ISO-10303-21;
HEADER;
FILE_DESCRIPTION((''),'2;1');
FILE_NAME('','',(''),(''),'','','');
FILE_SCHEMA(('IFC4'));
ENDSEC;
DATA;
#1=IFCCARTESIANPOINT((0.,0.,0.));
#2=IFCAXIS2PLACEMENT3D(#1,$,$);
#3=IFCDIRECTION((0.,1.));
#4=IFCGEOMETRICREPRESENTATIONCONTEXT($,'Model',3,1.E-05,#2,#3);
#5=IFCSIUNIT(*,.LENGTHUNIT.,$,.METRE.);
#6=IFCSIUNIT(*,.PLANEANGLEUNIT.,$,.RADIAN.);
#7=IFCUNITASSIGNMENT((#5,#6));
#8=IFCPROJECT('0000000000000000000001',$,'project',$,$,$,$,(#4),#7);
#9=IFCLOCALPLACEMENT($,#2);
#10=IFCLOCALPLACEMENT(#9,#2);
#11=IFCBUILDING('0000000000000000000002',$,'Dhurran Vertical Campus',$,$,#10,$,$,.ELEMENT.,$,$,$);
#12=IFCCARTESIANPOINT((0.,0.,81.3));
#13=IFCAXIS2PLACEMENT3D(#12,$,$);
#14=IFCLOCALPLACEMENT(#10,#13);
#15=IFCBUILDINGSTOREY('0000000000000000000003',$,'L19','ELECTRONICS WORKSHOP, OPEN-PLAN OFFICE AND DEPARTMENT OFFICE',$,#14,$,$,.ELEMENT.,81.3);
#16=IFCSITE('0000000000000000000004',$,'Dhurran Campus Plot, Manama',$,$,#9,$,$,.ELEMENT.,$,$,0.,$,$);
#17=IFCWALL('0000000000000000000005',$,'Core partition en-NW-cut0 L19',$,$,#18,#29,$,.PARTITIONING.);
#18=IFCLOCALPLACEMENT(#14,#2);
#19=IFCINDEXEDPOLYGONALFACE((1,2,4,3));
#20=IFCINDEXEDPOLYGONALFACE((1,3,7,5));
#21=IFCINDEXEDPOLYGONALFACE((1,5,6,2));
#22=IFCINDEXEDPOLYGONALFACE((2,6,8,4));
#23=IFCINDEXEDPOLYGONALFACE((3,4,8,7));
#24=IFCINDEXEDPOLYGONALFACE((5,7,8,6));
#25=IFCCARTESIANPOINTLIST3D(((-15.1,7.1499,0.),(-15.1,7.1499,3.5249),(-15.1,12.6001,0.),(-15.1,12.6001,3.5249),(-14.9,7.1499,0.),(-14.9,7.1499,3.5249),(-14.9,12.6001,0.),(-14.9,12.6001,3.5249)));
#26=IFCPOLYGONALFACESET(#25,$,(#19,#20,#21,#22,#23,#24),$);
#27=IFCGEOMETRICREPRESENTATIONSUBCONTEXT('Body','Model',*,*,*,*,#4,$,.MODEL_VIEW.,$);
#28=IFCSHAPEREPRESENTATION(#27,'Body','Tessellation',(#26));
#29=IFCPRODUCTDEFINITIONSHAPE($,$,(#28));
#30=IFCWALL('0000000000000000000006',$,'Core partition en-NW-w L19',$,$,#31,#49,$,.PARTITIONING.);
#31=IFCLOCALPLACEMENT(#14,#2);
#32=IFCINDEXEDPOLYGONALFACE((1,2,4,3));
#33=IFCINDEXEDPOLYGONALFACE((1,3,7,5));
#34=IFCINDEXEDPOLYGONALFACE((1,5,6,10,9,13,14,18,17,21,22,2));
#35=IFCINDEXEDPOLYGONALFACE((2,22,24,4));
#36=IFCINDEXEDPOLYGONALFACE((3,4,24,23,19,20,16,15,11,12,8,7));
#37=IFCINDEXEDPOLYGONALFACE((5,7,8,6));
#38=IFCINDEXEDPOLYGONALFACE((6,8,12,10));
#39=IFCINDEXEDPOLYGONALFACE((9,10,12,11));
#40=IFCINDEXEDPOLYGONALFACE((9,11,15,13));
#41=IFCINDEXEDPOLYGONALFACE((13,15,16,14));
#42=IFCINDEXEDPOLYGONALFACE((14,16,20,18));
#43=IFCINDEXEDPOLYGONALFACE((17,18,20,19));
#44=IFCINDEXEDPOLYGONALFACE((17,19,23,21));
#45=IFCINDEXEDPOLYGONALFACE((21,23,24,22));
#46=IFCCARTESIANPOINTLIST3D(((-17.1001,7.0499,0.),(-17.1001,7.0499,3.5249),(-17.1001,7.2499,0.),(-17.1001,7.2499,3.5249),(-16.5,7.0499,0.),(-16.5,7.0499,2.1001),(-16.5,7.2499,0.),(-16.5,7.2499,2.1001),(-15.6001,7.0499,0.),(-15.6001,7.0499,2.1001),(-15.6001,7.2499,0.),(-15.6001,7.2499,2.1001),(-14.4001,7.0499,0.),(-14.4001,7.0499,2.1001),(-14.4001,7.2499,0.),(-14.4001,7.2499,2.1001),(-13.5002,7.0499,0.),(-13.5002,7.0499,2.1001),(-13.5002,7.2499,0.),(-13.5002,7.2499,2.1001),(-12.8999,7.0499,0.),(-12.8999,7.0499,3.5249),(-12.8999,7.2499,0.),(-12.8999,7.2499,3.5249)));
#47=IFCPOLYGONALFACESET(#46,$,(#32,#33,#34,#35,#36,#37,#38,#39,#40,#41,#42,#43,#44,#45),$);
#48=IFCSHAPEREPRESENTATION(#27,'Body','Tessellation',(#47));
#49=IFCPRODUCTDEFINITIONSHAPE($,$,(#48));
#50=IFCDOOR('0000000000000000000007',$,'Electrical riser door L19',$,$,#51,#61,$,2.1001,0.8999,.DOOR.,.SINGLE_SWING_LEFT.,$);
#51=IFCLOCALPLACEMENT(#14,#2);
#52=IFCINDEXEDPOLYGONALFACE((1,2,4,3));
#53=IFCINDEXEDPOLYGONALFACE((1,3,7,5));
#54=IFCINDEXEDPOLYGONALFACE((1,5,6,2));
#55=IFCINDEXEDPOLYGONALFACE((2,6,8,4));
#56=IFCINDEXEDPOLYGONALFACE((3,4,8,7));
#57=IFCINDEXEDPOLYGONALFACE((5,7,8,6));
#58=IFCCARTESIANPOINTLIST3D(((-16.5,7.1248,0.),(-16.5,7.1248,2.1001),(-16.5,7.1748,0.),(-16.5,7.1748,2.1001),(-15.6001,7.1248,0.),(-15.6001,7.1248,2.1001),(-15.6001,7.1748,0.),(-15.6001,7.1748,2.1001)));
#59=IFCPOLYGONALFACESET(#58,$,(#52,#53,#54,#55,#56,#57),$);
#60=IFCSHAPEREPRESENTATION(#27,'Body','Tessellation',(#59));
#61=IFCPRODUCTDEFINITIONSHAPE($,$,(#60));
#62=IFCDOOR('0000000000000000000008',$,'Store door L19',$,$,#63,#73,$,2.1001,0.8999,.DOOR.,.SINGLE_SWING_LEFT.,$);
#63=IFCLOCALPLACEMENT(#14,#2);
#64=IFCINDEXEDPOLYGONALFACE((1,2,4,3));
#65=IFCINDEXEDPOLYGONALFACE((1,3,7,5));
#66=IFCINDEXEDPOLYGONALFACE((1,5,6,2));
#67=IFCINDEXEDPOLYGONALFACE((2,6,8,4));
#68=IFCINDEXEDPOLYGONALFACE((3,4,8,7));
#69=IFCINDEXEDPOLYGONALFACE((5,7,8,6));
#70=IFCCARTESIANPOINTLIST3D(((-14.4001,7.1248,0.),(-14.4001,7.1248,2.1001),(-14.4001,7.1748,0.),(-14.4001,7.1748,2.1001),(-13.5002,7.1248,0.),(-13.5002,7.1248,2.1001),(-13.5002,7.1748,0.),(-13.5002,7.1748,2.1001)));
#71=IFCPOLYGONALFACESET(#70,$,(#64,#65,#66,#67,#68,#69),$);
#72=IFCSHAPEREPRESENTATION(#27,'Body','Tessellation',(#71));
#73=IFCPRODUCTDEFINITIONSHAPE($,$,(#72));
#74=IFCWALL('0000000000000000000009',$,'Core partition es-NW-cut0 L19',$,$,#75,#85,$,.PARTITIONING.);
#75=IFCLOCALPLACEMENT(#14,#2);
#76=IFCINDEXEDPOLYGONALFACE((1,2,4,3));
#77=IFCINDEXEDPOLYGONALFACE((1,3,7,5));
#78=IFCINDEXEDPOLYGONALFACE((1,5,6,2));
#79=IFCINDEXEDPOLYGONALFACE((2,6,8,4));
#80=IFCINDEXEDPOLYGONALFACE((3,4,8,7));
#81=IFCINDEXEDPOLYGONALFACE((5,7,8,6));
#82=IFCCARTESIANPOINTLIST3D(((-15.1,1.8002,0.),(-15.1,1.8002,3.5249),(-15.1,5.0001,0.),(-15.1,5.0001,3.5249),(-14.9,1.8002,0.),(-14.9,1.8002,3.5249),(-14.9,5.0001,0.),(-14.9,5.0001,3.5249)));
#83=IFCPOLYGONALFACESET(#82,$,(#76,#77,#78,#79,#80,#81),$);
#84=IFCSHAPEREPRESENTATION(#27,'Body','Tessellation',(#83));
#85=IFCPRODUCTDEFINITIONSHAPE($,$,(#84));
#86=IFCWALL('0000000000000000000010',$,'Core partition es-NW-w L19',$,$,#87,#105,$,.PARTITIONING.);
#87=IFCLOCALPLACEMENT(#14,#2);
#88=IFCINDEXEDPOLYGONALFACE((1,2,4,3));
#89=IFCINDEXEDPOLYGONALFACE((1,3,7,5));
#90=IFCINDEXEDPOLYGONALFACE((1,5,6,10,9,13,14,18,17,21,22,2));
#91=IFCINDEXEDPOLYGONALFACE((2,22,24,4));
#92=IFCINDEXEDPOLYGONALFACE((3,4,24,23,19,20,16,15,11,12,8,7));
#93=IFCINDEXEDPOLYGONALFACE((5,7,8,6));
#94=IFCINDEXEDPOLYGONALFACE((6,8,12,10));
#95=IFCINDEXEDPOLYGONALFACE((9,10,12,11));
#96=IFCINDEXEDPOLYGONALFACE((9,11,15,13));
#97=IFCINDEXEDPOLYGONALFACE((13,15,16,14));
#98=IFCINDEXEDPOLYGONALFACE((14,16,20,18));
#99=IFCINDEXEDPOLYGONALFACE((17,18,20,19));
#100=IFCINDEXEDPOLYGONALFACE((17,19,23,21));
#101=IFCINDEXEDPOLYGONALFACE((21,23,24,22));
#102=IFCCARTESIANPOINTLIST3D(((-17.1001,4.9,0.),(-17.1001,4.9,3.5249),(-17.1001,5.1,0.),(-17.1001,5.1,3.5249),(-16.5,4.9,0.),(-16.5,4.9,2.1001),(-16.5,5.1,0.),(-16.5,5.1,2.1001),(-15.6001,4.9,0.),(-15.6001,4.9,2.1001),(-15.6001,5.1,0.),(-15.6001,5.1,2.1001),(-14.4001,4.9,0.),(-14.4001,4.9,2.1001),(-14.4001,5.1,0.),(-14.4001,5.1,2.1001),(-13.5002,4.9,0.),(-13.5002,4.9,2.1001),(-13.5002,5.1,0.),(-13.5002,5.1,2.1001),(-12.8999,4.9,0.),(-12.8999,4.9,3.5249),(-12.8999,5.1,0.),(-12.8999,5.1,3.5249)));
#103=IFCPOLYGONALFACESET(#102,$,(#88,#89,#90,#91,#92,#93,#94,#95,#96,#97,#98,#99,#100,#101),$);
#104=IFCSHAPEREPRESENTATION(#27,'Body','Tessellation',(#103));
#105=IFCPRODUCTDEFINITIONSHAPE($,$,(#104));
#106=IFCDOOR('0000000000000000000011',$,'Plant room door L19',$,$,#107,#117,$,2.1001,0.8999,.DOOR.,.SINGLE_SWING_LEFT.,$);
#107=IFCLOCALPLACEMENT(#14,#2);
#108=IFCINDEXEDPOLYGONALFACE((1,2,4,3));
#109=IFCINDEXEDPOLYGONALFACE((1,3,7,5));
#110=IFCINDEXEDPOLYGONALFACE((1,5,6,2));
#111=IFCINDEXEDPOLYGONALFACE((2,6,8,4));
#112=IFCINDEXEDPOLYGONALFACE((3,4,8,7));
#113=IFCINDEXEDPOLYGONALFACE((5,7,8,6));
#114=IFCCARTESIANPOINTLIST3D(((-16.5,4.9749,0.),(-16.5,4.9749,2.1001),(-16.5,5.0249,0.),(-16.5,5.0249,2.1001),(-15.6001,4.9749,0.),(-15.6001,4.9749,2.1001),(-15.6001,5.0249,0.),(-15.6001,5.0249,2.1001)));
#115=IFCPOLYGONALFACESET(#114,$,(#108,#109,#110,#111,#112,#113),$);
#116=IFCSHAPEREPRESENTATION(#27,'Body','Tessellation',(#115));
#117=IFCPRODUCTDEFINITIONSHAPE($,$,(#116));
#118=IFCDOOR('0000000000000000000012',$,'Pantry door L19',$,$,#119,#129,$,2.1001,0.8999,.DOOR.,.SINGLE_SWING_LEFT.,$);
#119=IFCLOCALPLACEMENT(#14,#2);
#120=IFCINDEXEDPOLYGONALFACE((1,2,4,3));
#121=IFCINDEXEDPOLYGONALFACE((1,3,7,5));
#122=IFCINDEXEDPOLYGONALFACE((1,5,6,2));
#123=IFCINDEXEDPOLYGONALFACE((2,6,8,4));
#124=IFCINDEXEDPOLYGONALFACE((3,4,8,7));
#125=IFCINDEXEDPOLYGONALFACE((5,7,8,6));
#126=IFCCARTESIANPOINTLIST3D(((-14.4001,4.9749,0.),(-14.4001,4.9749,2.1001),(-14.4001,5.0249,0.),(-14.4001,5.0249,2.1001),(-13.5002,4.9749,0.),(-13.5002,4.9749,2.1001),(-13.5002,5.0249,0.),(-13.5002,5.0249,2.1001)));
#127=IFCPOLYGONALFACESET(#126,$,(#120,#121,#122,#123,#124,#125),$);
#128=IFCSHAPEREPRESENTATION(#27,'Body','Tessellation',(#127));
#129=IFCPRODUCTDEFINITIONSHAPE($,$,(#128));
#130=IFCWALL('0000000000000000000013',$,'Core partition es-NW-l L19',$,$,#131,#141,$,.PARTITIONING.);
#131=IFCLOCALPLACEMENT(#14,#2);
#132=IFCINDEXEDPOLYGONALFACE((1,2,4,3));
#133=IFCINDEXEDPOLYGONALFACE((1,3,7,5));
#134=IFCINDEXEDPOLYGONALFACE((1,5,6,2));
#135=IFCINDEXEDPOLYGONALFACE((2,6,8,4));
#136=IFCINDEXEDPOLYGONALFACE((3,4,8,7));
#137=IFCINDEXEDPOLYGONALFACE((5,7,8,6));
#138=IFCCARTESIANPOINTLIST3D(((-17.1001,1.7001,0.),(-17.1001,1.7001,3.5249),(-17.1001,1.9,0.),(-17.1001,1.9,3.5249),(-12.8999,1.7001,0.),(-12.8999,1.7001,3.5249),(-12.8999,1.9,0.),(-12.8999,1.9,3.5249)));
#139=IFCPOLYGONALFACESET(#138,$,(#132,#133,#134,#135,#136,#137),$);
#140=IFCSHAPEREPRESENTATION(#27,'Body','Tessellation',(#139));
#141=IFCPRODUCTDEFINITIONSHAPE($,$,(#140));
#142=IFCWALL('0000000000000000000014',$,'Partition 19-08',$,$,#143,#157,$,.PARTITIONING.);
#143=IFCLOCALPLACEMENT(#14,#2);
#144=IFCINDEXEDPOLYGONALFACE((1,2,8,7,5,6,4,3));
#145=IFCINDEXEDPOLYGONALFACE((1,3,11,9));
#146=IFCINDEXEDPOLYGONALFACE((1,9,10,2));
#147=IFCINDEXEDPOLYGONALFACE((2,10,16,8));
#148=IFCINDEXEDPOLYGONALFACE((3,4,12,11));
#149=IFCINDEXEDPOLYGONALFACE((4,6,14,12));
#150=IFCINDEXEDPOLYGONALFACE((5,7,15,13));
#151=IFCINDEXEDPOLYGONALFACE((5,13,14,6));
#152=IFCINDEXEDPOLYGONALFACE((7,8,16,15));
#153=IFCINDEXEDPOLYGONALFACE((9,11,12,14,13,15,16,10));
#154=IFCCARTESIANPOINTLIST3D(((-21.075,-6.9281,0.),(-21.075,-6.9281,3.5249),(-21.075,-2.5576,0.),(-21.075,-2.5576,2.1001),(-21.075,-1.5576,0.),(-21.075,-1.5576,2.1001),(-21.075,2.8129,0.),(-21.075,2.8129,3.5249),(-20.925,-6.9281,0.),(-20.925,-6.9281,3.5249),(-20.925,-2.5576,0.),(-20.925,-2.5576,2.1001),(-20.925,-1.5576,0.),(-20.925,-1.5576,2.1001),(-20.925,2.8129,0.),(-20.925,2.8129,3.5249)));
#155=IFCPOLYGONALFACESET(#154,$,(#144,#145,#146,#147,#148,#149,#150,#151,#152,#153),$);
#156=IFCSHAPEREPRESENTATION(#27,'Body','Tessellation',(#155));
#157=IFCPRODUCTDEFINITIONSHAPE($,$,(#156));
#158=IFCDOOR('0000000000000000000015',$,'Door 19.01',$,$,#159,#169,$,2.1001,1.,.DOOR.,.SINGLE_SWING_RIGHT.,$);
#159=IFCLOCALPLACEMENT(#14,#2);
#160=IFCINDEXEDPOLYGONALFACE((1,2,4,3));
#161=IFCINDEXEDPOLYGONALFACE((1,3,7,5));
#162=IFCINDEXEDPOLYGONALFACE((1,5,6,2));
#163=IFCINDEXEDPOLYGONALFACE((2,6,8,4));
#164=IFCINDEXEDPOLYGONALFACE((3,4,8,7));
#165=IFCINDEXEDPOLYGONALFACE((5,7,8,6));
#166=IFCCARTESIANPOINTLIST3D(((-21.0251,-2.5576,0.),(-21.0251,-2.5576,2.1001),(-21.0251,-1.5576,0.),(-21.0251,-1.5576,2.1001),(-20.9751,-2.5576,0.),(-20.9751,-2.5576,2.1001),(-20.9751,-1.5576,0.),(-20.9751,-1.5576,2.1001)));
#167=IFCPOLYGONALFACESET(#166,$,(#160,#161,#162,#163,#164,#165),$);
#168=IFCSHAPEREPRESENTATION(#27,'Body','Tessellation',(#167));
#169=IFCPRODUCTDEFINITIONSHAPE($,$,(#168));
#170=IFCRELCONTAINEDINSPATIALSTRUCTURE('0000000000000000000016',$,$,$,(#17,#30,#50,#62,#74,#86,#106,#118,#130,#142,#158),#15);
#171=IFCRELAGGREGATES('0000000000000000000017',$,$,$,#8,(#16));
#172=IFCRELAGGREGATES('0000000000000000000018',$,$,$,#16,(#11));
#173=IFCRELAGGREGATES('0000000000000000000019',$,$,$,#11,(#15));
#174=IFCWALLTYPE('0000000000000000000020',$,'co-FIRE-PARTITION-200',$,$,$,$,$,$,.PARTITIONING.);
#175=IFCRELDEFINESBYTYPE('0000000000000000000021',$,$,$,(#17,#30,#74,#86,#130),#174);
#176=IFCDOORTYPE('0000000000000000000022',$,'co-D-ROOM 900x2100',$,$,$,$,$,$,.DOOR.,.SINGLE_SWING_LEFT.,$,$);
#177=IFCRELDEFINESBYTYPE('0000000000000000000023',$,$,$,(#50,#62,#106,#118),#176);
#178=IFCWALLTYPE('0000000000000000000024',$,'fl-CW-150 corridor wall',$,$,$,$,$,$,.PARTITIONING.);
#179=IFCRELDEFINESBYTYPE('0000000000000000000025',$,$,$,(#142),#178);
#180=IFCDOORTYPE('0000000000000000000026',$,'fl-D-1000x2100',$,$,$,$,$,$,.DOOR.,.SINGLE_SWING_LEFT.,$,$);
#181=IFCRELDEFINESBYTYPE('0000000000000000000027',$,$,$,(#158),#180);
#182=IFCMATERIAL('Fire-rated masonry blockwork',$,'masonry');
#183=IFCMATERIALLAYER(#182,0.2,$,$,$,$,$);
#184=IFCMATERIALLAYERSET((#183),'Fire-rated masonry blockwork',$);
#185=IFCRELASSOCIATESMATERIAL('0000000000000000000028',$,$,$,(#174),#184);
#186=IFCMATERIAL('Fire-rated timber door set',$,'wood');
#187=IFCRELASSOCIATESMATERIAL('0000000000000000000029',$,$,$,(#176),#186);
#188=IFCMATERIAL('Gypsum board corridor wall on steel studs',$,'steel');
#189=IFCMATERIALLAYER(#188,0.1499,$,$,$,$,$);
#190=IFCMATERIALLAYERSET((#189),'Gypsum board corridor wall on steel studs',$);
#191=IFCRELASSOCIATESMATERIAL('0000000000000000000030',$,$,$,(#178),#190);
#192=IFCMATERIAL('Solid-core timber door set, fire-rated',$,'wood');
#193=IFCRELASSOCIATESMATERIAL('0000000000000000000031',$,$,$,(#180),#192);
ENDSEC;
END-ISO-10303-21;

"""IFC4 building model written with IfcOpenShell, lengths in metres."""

from ifc_helpers import new_model, si_unit, direction, frame, frame_2d, origin, place, context, subcontext, project, spatial, rectangle, extrude, material, layer, layer_set, type_object, element, fill, save


model = new_model("IFC4")

# Units and contexts
model_context = context("Model", 3, precision=1e-05, world=origin(), true_north=direction((0.0, 1.0)))
body_context = subcontext(model_context, "Body", "Model", "MODEL_VIEW")
ifc_project = project(units=[si_unit("LENGTHUNIT", "METRE"), si_unit("PLANEANGLEUNIT", "RADIAN")], contexts=[model_context])

# Site, building, storey
site_placement = place(None, origin())
site = spatial("IfcSite", under=ifc_project, at=site_placement, Name="Dhurran Campus Plot, Manama", CompositionType="ELEMENT", RefElevation=0.0)
building_placement = place(site_placement, origin())
building = spatial("IfcBuilding", under=site, at=building_placement, Name="Dhurran Vertical Campus", CompositionType="ELEMENT")
storey_placement = place(building_placement, frame((0.0, 0.0, 81.3)))
storey = spatial("IfcBuildingStorey", under=building, at=storey_placement, Name="L19", Description="ELECTRONICS WORKSHOP, OPEN-PLAN OFFICE AND DEPARTMENT OFFICE", CompositionType="ELEMENT", Elevation=81.3)

# Wall
ifc_material_1 = material(Name="Fire-rated masonry blockwork", Category="masonry")
ifc_layer_1 = layer(ifc_material_1, 0.2)
ifc_layer_set_1 = layer_set([ifc_layer_1], Name="Fire-rated masonry blockwork")
wall_type_1 = type_object("IfcWallType", Name="co-FIRE-PARTITION-200", PredefinedType="PARTITIONING", material=ifc_layer_set_1)
wall_1_placement = place(storey_placement, frame((-15.0, 7.1499, 0.0), z_axis=(0.0, 0.0, 1.0), x_axis=(0.0, 1.0, 0.0)))
element("IfcWall", 1, at=wall_1_placement, inside=storey, type_object=wall_type_1, Name="Core partition en-NW-cut0 L19", PredefinedType="PARTITIONING", context=body_context, shape_type="SweptSolid", body=[
    extrude(rectangle(XDim=5.4502, YDim=0.2, at=frame_2d((2.7251, 0.0))), origin(), (0.0, 0.0, 1.0), 3.5249),
])

# Wall, openings, doors
wall_2_placement = place(storey_placement, frame((-17.1001, 7.1499, 0.0), z_axis=(0.0, 0.0, 1.0), x_axis=(1.0, 0.0, 0.0)))
wall_2 = element("IfcWall", 2, at=wall_2_placement, inside=storey, type_object=wall_type_1, Name="Core partition en-NW-w L19", PredefinedType="PARTITIONING", context=body_context, shape_type="SweptSolid", body=[
    extrude(rectangle(XDim=4.2002, YDim=0.2, at=frame_2d((2.1001, 0.0))), origin(), (0.0, 0.0, 1.0), 3.5249),
])
opening_1_placement = place(wall_2_placement, frame((0.6001, 0.0, 0.0)))
opening_1 = element("IfcOpeningElement", 3, at=opening_1_placement, cuts=wall_2, PredefinedType="OPENING", context=body_context, shape_type="SweptSolid", body=[
    extrude(rectangle(XDim=0.8999, YDim=2.1001, at=frame_2d((0.45, 1.05))), frame((0.0, 0.1099, 0.0), z_axis=(0.0, -1.0, 0.0), x_axis=(1.0, 0.0, 0.0)), (0.0, 0.0, 1.0), 0.22),
])
opening_2_placement = place(wall_2_placement, frame((2.7, 0.0, 0.0)))
opening_2 = element("IfcOpeningElement", 4, at=opening_2_placement, cuts=wall_2, PredefinedType="OPENING", context=body_context, shape_type="SweptSolid", body=[
    extrude(rectangle(XDim=0.8999, YDim=2.1001, at=frame_2d((0.45, 1.05))), frame((0.0, 0.1099, 0.0), z_axis=(0.0, -1.0, 0.0), x_axis=(1.0, 0.0, 0.0)), (0.0, 0.0, 1.0), 0.22),
])
ifc_material_2 = material(Name="Fire-rated timber door set", Category="wood")
door_type_1 = type_object("IfcDoorType", Name="co-D-ROOM 900x2100", OperationType="SINGLE_SWING_LEFT", PredefinedType="DOOR", material=ifc_material_2)
door_1_placement = place(opening_1_placement, origin())
door_1 = element("IfcDoor", 5, at=door_1_placement, inside=storey, type_object=door_type_1, Name="Electrical riser door L19", OperationType="SINGLE_SWING_LEFT", OverallHeight=2.1001, OverallWidth=0.8999, PredefinedType="DOOR", context=body_context, shape_type="SweptSolid", body=[
    extrude(rectangle(XDim=0.8999, YDim=2.1001, at=frame_2d((0.45, 1.05))), frame((0.0, 0.0249, 0.0), z_axis=(0.0, -1.0, 0.0), x_axis=(1.0, 0.0, 0.0)), (0.0, 0.0, 1.0), 0.05),
])
fill(opening_1, door_1)
door_2_placement = place(opening_2_placement, origin())
door_2 = element("IfcDoor", 6, at=door_2_placement, inside=storey, type_object=door_type_1, Name="Store door L19", OperationType="SINGLE_SWING_LEFT", OverallHeight=2.1001, OverallWidth=0.8999, PredefinedType="DOOR", context=body_context, shape_type="SweptSolid", body=[
    extrude(rectangle(XDim=0.8999, YDim=2.1001, at=frame_2d((0.45, 1.05))), frame((0.0, 0.0249, 0.0), z_axis=(0.0, -1.0, 0.0), x_axis=(1.0, 0.0, 0.0)), (0.0, 0.0, 1.0), 0.05),
])
fill(opening_2, door_2)

# Wall
wall_3_placement = place(storey_placement, frame((-15.0, 1.8, 0.0), z_axis=(0.0, 0.0, 1.0), x_axis=(0.0, 1.0, 0.0)))
element("IfcWall", 7, at=wall_3_placement, inside=storey, type_object=wall_type_1, Name="Core partition es-NW-cut0 L19", PredefinedType="PARTITIONING", context=body_context, shape_type="SweptSolid", body=[
    extrude(rectangle(XDim=3.2, YDim=0.2, at=frame_2d((1.6001, 0.0))), origin(), (0.0, 0.0, 1.0), 3.5249),
])

# Wall, openings, doors
wall_4_placement = place(storey_placement, frame((-17.1001, 5.0, 0.0), z_axis=(0.0, 0.0, 1.0), x_axis=(1.0, 0.0, 0.0)))
wall_4 = element("IfcWall", 8, at=wall_4_placement, inside=storey, type_object=wall_type_1, Name="Core partition es-NW-w L19", PredefinedType="PARTITIONING", context=body_context, shape_type="SweptSolid", body=[
    extrude(rectangle(XDim=4.2002, YDim=0.2, at=frame_2d((2.1001, 0.0))), origin(), (0.0, 0.0, 1.0), 3.5249),
])
opening_3_placement = place(wall_4_placement, frame((0.6001, 0.0, 0.0)))
opening_3 = element("IfcOpeningElement", 9, at=opening_3_placement, cuts=wall_4, PredefinedType="OPENING", context=body_context, shape_type="SweptSolid", body=[
    extrude(rectangle(XDim=0.8999, YDim=2.1001, at=frame_2d((0.45, 1.05))), frame((0.0, 0.1099, 0.0), z_axis=(0.0, -1.0, 0.0), x_axis=(1.0, 0.0, 0.0)), (0.0, 0.0, 1.0), 0.22),
])
opening_4_placement = place(wall_4_placement, frame((2.7, 0.0, 0.0)))
opening_4 = element("IfcOpeningElement", 10, at=opening_4_placement, cuts=wall_4, PredefinedType="OPENING", context=body_context, shape_type="SweptSolid", body=[
    extrude(rectangle(XDim=0.8999, YDim=2.1001, at=frame_2d((0.45, 1.05))), frame((0.0, 0.1099, 0.0), z_axis=(0.0, -1.0, 0.0), x_axis=(1.0, 0.0, 0.0)), (0.0, 0.0, 1.0), 0.22),
])
door_3_placement = place(opening_3_placement, origin())
door_3 = element("IfcDoor", 11, at=door_3_placement, inside=storey, type_object=door_type_1, Name="Plant room door L19", OperationType="SINGLE_SWING_LEFT", OverallHeight=2.1001, OverallWidth=0.8999, PredefinedType="DOOR", context=body_context, shape_type="SweptSolid", body=[
    extrude(rectangle(XDim=0.8999, YDim=2.1001, at=frame_2d((0.45, 1.05))), frame((0.0, 0.0249, 0.0), z_axis=(0.0, -1.0, 0.0), x_axis=(1.0, 0.0, 0.0)), (0.0, 0.0, 1.0), 0.05),
])
fill(opening_3, door_3)
door_4_placement = place(opening_4_placement, origin())
door_4 = element("IfcDoor", 12, at=door_4_placement, inside=storey, type_object=door_type_1, Name="Pantry door L19", OperationType="SINGLE_SWING_LEFT", OverallHeight=2.1001, OverallWidth=0.8999, PredefinedType="DOOR", context=body_context, shape_type="SweptSolid", body=[
    extrude(rectangle(XDim=0.8999, YDim=2.1001, at=frame_2d((0.45, 1.05))), frame((0.0, 0.0249, 0.0), z_axis=(0.0, -1.0, 0.0), x_axis=(1.0, 0.0, 0.0)), (0.0, 0.0, 1.0), 0.05),
])
fill(opening_4, door_4)

# Wall
wall_5_placement = place(storey_placement, frame((-17.1001, 1.8, 0.0), z_axis=(0.0, 0.0, 1.0), x_axis=(1.0, 0.0, 0.0)))
element("IfcWall", 13, at=wall_5_placement, inside=storey, type_object=wall_type_1, Name="Core partition es-NW-l L19", PredefinedType="PARTITIONING", context=body_context, shape_type="SweptSolid", body=[
    extrude(rectangle(XDim=4.2002, YDim=0.2, at=frame_2d((2.1001, 0.0))), origin(), (0.0, 0.0, 1.0), 3.5249),
])

# Wall, opening, door
ifc_material_3 = material(Name="Gypsum board corridor wall on steel studs", Category="steel")
ifc_layer_2 = layer(ifc_material_3, 0.1499)
ifc_layer_set_2 = layer_set([ifc_layer_2], Name="Gypsum board corridor wall on steel studs")
wall_type_2 = type_object("IfcWallType", Name="fl-CW-150 corridor wall", PredefinedType="PARTITIONING", material=ifc_layer_set_2)
wall_6_placement = place(storey_placement, frame((-21.0, 2.813, 0.0), z_axis=(0.0, 0.0, 1.0), x_axis=(0.0, -1.0, 0.0)))
wall_6 = element("IfcWall", 14, at=wall_6_placement, inside=storey, type_object=wall_type_2, Name="Partition 19-08", PredefinedType="PARTITIONING", context=body_context, shape_type="SweptSolid", body=[
    extrude(rectangle(XDim=9.741, YDim=0.1499, at=frame_2d((4.8706, 0.0))), origin(), (0.0, 0.0, 1.0), 3.5249),
])
opening_5_placement = place(wall_6_placement, frame((4.3706, 0.0, 0.0)))
opening_5 = element("IfcOpeningElement", 15, at=opening_5_placement, cuts=wall_6, PredefinedType="OPENING", context=body_context, shape_type="SweptSolid", body=[
    extrude(rectangle(XDim=1.0, YDim=2.1001, at=frame_2d((0.5, 1.05))), frame((0.0, 0.085, 0.0), z_axis=(0.0, -1.0, 0.0), x_axis=(1.0, 0.0, 0.0)), (0.0, 0.0, 1.0), 0.1699),
])
ifc_material_4 = material(Name="Solid-core timber door set, fire-rated", Category="wood")
door_type_2 = type_object("IfcDoorType", Name="fl-D-1000x2100", OperationType="SINGLE_SWING_LEFT", PredefinedType="DOOR", material=ifc_material_4)
door_5_placement = place(opening_5_placement, origin())
door_5 = element("IfcDoor", 16, at=door_5_placement, inside=storey, type_object=door_type_2, Name="Door 19.01", OperationType="SINGLE_SWING_RIGHT", OverallHeight=2.1001, OverallWidth=1.0, PredefinedType="DOOR", context=body_context, shape_type="SweptSolid", body=[
    extrude(rectangle(XDim=1.0, YDim=2.1001, at=frame_2d((0.5, 1.05))), frame((0.0, 0.0249, 0.0), z_axis=(0.0, -1.0, 0.0), x_axis=(1.0, 0.0, 0.0)), (0.0, 0.0, 1.0), 0.05),
])
fill(opening_5, door_5)

save(model, "model.ifc")
